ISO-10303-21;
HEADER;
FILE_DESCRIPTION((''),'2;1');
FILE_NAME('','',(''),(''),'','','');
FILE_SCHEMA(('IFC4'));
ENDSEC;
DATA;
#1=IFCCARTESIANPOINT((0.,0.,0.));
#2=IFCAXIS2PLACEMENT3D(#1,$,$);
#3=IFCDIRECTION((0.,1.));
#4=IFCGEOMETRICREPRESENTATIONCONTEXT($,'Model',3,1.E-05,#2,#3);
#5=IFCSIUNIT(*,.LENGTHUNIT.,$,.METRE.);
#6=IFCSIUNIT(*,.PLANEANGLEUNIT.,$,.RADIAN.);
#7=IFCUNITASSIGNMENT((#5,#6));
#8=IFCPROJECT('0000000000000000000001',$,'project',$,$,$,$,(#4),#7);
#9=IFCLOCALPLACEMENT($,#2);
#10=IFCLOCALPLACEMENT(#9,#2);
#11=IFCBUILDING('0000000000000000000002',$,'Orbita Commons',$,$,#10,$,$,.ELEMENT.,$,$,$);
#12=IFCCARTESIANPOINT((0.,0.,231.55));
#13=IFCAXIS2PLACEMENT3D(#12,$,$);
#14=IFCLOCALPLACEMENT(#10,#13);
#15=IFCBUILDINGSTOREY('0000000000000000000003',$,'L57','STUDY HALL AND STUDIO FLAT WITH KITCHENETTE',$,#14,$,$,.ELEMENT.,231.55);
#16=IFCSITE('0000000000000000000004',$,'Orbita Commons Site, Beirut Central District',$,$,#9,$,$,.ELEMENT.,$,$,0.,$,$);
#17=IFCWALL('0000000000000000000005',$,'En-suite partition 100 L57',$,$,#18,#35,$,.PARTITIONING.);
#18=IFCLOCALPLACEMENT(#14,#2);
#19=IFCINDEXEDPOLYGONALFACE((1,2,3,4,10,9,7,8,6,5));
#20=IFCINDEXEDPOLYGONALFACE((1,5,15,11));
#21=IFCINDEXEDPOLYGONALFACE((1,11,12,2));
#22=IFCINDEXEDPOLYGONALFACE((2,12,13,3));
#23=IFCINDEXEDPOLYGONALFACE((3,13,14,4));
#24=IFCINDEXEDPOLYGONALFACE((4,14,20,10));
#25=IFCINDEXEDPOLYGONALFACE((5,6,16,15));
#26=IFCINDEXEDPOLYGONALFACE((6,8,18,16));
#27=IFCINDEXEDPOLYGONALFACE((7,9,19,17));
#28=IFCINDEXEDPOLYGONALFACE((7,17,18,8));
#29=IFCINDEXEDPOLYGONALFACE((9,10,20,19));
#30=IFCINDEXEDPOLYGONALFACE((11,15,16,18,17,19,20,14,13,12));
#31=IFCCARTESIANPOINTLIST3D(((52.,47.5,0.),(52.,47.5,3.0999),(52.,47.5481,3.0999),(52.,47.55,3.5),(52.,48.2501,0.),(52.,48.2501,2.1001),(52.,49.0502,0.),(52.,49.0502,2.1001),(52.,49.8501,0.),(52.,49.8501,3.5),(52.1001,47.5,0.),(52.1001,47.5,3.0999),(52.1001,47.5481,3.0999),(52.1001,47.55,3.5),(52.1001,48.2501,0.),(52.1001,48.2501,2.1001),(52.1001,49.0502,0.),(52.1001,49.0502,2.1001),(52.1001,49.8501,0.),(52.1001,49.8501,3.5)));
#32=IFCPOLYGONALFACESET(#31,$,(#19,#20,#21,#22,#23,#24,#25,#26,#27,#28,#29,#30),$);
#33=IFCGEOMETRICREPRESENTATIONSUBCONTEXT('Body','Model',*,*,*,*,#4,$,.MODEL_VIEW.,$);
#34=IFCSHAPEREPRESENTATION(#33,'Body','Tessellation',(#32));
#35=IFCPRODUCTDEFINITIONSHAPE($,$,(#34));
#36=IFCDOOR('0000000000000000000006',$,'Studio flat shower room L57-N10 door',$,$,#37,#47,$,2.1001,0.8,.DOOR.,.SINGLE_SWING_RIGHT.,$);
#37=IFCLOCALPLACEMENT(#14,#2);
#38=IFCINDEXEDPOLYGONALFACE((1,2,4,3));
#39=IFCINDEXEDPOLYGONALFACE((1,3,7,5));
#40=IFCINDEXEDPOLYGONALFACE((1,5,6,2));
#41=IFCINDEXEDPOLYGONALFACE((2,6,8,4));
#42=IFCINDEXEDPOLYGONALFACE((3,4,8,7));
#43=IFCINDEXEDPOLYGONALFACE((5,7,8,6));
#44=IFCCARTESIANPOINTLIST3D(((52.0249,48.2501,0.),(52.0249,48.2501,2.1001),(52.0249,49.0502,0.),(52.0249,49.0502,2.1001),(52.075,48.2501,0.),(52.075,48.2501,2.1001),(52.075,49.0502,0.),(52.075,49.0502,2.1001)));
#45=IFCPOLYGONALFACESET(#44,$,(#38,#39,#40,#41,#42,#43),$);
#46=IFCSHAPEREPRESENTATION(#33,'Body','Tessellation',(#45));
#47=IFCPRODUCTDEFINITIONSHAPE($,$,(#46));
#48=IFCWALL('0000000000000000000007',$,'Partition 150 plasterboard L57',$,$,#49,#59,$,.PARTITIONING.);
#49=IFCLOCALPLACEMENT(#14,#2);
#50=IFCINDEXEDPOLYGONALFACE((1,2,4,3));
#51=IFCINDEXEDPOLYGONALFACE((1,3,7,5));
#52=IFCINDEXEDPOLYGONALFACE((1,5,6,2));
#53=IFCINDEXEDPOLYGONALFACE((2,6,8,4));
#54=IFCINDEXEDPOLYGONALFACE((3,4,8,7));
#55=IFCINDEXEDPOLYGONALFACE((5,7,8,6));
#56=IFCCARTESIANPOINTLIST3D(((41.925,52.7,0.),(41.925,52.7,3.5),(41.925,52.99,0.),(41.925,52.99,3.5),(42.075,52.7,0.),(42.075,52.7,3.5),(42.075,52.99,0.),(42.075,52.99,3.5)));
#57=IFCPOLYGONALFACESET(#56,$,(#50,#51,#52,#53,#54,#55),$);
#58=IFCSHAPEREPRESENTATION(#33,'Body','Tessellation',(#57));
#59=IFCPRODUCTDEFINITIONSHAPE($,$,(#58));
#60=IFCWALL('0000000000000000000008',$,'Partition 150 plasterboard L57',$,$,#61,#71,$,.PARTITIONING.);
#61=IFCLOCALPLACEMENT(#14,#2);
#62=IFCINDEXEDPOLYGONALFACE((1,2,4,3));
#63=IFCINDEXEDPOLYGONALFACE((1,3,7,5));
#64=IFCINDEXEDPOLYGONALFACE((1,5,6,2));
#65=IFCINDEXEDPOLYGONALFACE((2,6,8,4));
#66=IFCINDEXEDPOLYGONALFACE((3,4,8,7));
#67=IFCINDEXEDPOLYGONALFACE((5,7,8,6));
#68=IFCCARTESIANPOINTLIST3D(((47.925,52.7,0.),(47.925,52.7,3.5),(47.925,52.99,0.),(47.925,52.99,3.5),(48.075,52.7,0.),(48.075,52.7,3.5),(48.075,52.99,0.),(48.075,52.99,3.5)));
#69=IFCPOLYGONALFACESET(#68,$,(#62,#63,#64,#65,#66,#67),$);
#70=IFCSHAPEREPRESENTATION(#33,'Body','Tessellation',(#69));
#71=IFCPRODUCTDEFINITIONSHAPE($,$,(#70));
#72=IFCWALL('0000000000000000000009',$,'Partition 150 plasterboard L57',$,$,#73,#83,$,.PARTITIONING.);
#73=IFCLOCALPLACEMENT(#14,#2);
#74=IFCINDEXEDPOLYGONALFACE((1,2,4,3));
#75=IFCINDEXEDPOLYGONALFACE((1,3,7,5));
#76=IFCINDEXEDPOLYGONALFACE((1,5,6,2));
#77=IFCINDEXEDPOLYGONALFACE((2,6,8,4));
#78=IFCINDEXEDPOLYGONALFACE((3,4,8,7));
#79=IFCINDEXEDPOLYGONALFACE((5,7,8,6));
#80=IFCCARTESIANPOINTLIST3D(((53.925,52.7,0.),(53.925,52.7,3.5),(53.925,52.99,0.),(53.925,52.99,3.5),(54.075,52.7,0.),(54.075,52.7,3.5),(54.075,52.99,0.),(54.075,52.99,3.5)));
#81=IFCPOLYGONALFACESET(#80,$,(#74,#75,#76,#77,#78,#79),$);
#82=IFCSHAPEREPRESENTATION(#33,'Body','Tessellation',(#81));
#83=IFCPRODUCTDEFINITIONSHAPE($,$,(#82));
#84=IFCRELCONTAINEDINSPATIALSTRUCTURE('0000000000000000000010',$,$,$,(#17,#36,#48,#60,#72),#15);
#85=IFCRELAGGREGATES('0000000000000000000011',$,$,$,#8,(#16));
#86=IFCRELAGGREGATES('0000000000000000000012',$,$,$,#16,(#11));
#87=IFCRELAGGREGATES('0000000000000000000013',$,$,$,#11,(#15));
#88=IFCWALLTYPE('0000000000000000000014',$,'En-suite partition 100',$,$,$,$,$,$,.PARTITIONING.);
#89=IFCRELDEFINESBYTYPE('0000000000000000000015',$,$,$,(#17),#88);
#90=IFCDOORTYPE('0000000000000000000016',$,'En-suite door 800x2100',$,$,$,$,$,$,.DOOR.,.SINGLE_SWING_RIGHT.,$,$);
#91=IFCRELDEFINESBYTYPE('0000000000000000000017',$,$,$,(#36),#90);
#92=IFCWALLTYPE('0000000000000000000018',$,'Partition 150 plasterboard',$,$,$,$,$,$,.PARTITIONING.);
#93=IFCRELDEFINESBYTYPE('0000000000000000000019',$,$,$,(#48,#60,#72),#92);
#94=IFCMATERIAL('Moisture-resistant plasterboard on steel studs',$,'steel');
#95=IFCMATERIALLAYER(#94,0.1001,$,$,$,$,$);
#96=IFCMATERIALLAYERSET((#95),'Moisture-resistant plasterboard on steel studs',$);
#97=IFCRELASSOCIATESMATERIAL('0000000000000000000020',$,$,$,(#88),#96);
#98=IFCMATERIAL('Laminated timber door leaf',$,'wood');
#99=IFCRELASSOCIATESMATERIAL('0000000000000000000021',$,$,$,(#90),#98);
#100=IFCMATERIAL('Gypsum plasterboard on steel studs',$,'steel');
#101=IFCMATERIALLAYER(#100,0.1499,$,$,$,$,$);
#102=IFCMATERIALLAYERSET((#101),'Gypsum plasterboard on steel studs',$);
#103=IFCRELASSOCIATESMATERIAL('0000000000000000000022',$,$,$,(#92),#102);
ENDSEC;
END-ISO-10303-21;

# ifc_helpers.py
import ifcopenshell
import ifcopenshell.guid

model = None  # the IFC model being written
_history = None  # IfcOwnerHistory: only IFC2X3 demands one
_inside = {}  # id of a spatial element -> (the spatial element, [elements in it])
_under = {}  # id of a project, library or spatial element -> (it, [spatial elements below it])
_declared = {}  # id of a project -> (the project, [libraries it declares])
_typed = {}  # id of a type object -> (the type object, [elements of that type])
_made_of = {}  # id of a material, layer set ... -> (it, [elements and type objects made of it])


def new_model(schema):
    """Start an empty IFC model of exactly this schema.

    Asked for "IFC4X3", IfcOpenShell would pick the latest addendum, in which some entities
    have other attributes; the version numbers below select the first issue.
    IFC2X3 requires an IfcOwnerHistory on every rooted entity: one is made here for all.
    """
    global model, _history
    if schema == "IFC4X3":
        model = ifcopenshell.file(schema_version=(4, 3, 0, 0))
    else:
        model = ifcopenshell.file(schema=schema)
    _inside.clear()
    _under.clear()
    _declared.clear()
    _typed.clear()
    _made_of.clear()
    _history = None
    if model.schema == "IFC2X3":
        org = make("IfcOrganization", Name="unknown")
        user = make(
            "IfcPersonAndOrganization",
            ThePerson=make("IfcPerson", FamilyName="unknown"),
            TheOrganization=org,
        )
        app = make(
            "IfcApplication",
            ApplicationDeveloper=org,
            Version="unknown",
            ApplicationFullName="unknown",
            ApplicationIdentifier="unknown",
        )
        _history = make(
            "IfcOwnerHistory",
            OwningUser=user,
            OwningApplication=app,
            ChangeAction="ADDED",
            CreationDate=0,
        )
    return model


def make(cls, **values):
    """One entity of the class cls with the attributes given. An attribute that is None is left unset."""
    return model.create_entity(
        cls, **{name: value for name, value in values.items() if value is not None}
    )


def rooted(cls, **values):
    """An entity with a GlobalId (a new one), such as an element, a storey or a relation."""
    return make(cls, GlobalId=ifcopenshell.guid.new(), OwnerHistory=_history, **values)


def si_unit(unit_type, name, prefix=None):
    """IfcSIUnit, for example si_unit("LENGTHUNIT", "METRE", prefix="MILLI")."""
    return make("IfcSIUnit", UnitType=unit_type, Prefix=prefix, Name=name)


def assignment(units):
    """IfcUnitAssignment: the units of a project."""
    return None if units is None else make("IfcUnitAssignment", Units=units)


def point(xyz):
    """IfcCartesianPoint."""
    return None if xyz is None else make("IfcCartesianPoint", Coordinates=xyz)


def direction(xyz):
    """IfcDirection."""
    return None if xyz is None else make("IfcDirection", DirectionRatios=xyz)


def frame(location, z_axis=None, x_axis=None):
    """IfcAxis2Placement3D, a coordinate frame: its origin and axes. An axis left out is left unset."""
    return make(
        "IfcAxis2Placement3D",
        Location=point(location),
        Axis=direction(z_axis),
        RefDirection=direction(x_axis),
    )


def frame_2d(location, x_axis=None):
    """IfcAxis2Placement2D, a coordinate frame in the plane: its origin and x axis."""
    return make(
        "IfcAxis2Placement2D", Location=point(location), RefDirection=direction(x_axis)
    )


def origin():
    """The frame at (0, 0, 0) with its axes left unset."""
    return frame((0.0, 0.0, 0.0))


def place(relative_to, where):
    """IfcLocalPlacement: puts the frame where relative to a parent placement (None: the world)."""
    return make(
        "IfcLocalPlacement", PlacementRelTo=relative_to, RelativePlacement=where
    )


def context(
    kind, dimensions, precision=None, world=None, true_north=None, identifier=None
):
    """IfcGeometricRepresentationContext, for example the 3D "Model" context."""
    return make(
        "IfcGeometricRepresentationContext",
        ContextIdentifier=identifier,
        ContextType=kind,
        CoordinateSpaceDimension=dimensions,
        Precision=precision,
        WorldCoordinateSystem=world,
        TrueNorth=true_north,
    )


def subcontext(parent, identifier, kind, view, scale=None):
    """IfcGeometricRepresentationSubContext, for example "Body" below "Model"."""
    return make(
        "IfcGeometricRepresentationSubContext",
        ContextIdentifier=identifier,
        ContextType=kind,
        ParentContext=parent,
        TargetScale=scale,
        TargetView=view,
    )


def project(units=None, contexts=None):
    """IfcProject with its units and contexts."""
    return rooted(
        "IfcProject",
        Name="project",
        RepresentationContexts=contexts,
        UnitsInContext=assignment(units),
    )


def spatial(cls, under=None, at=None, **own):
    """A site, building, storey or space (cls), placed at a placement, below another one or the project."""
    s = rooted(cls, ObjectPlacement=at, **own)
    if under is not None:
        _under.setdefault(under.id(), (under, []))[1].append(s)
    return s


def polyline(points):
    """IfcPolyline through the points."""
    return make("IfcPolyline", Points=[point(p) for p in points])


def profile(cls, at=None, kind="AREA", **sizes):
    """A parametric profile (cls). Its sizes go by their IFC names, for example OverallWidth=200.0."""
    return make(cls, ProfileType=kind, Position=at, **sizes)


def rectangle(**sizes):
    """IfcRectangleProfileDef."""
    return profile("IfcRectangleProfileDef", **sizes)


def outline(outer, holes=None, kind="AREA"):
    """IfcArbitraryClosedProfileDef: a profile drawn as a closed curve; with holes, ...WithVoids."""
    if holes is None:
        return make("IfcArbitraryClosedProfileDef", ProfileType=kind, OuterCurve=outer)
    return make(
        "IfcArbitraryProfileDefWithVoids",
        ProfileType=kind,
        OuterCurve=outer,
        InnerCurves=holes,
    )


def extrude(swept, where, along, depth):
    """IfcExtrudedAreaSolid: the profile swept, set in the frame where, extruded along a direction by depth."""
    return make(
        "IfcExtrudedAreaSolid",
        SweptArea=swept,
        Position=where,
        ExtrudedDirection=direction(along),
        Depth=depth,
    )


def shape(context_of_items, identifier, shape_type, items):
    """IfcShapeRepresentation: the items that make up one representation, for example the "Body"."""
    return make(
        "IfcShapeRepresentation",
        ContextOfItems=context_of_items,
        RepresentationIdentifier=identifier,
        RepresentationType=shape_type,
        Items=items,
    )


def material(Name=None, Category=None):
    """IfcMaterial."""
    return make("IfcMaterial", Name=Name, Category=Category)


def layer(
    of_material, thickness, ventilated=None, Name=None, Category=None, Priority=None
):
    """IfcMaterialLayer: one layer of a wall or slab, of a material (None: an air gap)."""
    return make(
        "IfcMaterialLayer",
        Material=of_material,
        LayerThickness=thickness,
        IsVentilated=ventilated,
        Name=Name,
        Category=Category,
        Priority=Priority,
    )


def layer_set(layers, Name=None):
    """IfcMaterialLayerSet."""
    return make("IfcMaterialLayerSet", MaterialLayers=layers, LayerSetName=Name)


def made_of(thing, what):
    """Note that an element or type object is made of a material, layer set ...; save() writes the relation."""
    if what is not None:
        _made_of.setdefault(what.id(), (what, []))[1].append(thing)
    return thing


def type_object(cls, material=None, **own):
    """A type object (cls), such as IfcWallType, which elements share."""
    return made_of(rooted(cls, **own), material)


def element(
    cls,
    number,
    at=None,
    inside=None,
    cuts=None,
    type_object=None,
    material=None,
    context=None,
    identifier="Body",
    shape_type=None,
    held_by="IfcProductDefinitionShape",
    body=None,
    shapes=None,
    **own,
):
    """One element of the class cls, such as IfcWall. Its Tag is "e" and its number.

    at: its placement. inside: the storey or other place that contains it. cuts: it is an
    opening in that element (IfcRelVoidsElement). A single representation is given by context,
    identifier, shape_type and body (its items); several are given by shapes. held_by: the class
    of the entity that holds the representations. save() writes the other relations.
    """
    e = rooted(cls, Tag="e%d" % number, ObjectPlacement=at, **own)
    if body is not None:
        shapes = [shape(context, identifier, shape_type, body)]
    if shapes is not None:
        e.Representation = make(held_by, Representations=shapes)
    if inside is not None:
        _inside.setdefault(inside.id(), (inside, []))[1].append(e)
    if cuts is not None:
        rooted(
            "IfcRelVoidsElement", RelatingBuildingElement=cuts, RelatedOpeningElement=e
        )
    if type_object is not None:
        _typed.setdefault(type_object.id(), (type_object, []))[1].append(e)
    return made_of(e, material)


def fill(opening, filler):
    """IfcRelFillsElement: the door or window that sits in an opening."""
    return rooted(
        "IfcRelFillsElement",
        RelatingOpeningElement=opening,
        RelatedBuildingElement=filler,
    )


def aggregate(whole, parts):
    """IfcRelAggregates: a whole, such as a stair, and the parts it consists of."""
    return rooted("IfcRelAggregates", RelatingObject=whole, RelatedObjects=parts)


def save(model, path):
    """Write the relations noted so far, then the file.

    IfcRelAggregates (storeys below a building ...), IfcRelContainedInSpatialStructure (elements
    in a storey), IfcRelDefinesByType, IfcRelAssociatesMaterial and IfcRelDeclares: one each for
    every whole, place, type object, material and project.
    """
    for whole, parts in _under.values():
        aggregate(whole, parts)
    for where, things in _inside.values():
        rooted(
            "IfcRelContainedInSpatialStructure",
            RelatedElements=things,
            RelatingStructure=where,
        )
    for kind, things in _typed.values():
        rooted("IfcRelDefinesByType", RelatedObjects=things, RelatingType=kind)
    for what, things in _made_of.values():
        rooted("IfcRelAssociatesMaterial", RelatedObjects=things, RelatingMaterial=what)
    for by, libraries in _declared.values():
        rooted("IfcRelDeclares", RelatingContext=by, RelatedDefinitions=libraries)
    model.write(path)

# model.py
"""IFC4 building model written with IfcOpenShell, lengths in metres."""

from ifc_helpers import new_model, si_unit, direction, frame, frame_2d, origin, place, context, subcontext, project, spatial, polyline, rectangle, outline, extrude, material, layer, layer_set, type_object, element, fill, save


model = new_model("IFC4")

# Units and contexts
model_context = context("Model", 3, precision=1e-05, world=origin(), true_north=direction((0.0, 1.0)))
body_context = subcontext(model_context, "Body", "Model", "MODEL_VIEW")
ifc_project = project(units=[si_unit("LENGTHUNIT", "METRE"), si_unit("PLANEANGLEUNIT", "RADIAN")], contexts=[model_context])

# Site, building, storey
site_placement = place(None, origin())
site = spatial("IfcSite", under=ifc_project, at=site_placement, Name="Orbita Commons Site, Beirut Central District", CompositionType="ELEMENT", RefElevation=0.0)
building_placement = place(site_placement, origin())
building = spatial("IfcBuilding", under=site, at=building_placement, Name="Orbita Commons", CompositionType="ELEMENT")
storey_placement = place(building_placement, frame((0.0, 0.0, 231.55)))
storey = spatial("IfcBuildingStorey", under=building, at=storey_placement, Name="L57", Description="STUDY HALL AND STUDIO FLAT WITH KITCHENETTE", CompositionType="ELEMENT", Elevation=231.55)

# Wall, opening, door
ifc_material_1 = material(Name="Moisture-resistant plasterboard on steel studs", Category="steel")
ifc_layer_1 = layer(ifc_material_1, 0.1001)
ifc_layer_set_1 = layer_set([ifc_layer_1], Name="Moisture-resistant plasterboard on steel studs")
wall_type_1 = type_object("IfcWallType", Name="En-suite partition 100", PredefinedType="PARTITIONING", material=ifc_layer_set_1)
ifc_material_2 = material(Name="Laminated timber door leaf", Category="wood")
door_type = type_object("IfcDoorType", Name="En-suite door 800x2100", OperationType="SINGLE_SWING_RIGHT", PredefinedType="DOOR", material=ifc_material_2)
wall_1_placement = place(storey_placement, frame((52.05, 49.8501, 0.0), z_axis=(0.0, 0.0, 1.0), x_axis=(0.0, -1.0, 0.0)))
wall_1 = element("IfcWall", 1, at=wall_1_placement, inside=storey, type_object=wall_type_1, Name="En-suite partition 100 L57", PredefinedType="PARTITIONING", context=body_context, shape_type="SweptSolid", body=[
    extrude(outline(polyline([(0.0, 0.0), (2.3501, 0.0), (2.3501, 3.0999), (2.302, 3.0999), (2.3, 3.5), (0.0, 3.5), (0.0, 0.0)])), frame((0.0, 0.05, 0.0), z_axis=(0.0, -1.0, 0.0), x_axis=(1.0, 0.0, 0.0)), (0.0, 0.0, 1.0), 0.1001),
])
opening_1_placement = place(wall_1_placement, frame((0.8, 0.0, 0.0)))
opening_1 = element("IfcOpeningElement", 2, at=opening_1_placement, cuts=wall_1, PredefinedType="OPENING", context=body_context, shape_type="SweptSolid", body=[
    extrude(rectangle(XDim=0.8, YDim=2.1001, at=frame_2d((0.3999, 1.05))), frame((0.0, 0.0601, 0.0), z_axis=(0.0, -1.0, 0.0), x_axis=(1.0, 0.0, 0.0)), (0.0, 0.0, 1.0), 0.1201),
])
door_1_placement = place(opening_1_placement, origin())
door_1 = element("IfcDoor", 3, at=door_1_placement, inside=storey, type_object=door_type, Name="Studio flat shower room L57-N10 door", OperationType="SINGLE_SWING_RIGHT", OverallHeight=2.1001, OverallWidth=0.8, PredefinedType="DOOR", context=body_context, shape_type="SweptSolid", body=[
    extrude(rectangle(XDim=0.8, YDim=2.1001, at=frame_2d((0.3999, 1.05))), frame((0.0, 0.0249, 0.0), z_axis=(0.0, -1.0, 0.0), x_axis=(1.0, 0.0, 0.0)), (0.0, 0.0, 1.0), 0.05),
])
fill(opening_1, door_1)

# Walls
ifc_material_3 = material(Name="Gypsum plasterboard on steel studs", Category="steel")
ifc_layer_2 = layer(ifc_material_3, 0.1499)
ifc_layer_set_2 = layer_set([ifc_layer_2], Name="Gypsum plasterboard on steel studs")
wall_type_2 = type_object("IfcWallType", Name="Partition 150 plasterboard", PredefinedType="PARTITIONING", material=ifc_layer_set_2)
for number, where, z_axis, x_axis, name in (
    (4, (42.0, 52.7, 0.0), (0.0, 0.0, 1.0), (0.0, 1.0, 0.0), "Partition 150 plasterboard L57"),
    (5, (48.0, 52.7, 0.0), (0.0, 0.0, 1.0), (0.0, 1.0, 0.0), "Partition 150 plasterboard L57"),
    (6, (54.0, 52.7, 0.0), (0.0, 0.0, 1.0), (0.0, 1.0, 0.0), "Partition 150 plasterboard L57"),
):
    element("IfcWall", number, at=place(storey_placement, frame(where, z_axis=z_axis, x_axis=x_axis)), inside=storey, type_object=wall_type_2, Name=name, PredefinedType="PARTITIONING", context=body_context, shape_type="SweptSolid", body=[
        extrude(rectangle(XDim=0.29, YDim=0.1499, at=frame_2d((0.145, 0.0))), origin(), (0.0, 0.0, 1.0), 3.5),
    ])

save(model, "model.ifc")
